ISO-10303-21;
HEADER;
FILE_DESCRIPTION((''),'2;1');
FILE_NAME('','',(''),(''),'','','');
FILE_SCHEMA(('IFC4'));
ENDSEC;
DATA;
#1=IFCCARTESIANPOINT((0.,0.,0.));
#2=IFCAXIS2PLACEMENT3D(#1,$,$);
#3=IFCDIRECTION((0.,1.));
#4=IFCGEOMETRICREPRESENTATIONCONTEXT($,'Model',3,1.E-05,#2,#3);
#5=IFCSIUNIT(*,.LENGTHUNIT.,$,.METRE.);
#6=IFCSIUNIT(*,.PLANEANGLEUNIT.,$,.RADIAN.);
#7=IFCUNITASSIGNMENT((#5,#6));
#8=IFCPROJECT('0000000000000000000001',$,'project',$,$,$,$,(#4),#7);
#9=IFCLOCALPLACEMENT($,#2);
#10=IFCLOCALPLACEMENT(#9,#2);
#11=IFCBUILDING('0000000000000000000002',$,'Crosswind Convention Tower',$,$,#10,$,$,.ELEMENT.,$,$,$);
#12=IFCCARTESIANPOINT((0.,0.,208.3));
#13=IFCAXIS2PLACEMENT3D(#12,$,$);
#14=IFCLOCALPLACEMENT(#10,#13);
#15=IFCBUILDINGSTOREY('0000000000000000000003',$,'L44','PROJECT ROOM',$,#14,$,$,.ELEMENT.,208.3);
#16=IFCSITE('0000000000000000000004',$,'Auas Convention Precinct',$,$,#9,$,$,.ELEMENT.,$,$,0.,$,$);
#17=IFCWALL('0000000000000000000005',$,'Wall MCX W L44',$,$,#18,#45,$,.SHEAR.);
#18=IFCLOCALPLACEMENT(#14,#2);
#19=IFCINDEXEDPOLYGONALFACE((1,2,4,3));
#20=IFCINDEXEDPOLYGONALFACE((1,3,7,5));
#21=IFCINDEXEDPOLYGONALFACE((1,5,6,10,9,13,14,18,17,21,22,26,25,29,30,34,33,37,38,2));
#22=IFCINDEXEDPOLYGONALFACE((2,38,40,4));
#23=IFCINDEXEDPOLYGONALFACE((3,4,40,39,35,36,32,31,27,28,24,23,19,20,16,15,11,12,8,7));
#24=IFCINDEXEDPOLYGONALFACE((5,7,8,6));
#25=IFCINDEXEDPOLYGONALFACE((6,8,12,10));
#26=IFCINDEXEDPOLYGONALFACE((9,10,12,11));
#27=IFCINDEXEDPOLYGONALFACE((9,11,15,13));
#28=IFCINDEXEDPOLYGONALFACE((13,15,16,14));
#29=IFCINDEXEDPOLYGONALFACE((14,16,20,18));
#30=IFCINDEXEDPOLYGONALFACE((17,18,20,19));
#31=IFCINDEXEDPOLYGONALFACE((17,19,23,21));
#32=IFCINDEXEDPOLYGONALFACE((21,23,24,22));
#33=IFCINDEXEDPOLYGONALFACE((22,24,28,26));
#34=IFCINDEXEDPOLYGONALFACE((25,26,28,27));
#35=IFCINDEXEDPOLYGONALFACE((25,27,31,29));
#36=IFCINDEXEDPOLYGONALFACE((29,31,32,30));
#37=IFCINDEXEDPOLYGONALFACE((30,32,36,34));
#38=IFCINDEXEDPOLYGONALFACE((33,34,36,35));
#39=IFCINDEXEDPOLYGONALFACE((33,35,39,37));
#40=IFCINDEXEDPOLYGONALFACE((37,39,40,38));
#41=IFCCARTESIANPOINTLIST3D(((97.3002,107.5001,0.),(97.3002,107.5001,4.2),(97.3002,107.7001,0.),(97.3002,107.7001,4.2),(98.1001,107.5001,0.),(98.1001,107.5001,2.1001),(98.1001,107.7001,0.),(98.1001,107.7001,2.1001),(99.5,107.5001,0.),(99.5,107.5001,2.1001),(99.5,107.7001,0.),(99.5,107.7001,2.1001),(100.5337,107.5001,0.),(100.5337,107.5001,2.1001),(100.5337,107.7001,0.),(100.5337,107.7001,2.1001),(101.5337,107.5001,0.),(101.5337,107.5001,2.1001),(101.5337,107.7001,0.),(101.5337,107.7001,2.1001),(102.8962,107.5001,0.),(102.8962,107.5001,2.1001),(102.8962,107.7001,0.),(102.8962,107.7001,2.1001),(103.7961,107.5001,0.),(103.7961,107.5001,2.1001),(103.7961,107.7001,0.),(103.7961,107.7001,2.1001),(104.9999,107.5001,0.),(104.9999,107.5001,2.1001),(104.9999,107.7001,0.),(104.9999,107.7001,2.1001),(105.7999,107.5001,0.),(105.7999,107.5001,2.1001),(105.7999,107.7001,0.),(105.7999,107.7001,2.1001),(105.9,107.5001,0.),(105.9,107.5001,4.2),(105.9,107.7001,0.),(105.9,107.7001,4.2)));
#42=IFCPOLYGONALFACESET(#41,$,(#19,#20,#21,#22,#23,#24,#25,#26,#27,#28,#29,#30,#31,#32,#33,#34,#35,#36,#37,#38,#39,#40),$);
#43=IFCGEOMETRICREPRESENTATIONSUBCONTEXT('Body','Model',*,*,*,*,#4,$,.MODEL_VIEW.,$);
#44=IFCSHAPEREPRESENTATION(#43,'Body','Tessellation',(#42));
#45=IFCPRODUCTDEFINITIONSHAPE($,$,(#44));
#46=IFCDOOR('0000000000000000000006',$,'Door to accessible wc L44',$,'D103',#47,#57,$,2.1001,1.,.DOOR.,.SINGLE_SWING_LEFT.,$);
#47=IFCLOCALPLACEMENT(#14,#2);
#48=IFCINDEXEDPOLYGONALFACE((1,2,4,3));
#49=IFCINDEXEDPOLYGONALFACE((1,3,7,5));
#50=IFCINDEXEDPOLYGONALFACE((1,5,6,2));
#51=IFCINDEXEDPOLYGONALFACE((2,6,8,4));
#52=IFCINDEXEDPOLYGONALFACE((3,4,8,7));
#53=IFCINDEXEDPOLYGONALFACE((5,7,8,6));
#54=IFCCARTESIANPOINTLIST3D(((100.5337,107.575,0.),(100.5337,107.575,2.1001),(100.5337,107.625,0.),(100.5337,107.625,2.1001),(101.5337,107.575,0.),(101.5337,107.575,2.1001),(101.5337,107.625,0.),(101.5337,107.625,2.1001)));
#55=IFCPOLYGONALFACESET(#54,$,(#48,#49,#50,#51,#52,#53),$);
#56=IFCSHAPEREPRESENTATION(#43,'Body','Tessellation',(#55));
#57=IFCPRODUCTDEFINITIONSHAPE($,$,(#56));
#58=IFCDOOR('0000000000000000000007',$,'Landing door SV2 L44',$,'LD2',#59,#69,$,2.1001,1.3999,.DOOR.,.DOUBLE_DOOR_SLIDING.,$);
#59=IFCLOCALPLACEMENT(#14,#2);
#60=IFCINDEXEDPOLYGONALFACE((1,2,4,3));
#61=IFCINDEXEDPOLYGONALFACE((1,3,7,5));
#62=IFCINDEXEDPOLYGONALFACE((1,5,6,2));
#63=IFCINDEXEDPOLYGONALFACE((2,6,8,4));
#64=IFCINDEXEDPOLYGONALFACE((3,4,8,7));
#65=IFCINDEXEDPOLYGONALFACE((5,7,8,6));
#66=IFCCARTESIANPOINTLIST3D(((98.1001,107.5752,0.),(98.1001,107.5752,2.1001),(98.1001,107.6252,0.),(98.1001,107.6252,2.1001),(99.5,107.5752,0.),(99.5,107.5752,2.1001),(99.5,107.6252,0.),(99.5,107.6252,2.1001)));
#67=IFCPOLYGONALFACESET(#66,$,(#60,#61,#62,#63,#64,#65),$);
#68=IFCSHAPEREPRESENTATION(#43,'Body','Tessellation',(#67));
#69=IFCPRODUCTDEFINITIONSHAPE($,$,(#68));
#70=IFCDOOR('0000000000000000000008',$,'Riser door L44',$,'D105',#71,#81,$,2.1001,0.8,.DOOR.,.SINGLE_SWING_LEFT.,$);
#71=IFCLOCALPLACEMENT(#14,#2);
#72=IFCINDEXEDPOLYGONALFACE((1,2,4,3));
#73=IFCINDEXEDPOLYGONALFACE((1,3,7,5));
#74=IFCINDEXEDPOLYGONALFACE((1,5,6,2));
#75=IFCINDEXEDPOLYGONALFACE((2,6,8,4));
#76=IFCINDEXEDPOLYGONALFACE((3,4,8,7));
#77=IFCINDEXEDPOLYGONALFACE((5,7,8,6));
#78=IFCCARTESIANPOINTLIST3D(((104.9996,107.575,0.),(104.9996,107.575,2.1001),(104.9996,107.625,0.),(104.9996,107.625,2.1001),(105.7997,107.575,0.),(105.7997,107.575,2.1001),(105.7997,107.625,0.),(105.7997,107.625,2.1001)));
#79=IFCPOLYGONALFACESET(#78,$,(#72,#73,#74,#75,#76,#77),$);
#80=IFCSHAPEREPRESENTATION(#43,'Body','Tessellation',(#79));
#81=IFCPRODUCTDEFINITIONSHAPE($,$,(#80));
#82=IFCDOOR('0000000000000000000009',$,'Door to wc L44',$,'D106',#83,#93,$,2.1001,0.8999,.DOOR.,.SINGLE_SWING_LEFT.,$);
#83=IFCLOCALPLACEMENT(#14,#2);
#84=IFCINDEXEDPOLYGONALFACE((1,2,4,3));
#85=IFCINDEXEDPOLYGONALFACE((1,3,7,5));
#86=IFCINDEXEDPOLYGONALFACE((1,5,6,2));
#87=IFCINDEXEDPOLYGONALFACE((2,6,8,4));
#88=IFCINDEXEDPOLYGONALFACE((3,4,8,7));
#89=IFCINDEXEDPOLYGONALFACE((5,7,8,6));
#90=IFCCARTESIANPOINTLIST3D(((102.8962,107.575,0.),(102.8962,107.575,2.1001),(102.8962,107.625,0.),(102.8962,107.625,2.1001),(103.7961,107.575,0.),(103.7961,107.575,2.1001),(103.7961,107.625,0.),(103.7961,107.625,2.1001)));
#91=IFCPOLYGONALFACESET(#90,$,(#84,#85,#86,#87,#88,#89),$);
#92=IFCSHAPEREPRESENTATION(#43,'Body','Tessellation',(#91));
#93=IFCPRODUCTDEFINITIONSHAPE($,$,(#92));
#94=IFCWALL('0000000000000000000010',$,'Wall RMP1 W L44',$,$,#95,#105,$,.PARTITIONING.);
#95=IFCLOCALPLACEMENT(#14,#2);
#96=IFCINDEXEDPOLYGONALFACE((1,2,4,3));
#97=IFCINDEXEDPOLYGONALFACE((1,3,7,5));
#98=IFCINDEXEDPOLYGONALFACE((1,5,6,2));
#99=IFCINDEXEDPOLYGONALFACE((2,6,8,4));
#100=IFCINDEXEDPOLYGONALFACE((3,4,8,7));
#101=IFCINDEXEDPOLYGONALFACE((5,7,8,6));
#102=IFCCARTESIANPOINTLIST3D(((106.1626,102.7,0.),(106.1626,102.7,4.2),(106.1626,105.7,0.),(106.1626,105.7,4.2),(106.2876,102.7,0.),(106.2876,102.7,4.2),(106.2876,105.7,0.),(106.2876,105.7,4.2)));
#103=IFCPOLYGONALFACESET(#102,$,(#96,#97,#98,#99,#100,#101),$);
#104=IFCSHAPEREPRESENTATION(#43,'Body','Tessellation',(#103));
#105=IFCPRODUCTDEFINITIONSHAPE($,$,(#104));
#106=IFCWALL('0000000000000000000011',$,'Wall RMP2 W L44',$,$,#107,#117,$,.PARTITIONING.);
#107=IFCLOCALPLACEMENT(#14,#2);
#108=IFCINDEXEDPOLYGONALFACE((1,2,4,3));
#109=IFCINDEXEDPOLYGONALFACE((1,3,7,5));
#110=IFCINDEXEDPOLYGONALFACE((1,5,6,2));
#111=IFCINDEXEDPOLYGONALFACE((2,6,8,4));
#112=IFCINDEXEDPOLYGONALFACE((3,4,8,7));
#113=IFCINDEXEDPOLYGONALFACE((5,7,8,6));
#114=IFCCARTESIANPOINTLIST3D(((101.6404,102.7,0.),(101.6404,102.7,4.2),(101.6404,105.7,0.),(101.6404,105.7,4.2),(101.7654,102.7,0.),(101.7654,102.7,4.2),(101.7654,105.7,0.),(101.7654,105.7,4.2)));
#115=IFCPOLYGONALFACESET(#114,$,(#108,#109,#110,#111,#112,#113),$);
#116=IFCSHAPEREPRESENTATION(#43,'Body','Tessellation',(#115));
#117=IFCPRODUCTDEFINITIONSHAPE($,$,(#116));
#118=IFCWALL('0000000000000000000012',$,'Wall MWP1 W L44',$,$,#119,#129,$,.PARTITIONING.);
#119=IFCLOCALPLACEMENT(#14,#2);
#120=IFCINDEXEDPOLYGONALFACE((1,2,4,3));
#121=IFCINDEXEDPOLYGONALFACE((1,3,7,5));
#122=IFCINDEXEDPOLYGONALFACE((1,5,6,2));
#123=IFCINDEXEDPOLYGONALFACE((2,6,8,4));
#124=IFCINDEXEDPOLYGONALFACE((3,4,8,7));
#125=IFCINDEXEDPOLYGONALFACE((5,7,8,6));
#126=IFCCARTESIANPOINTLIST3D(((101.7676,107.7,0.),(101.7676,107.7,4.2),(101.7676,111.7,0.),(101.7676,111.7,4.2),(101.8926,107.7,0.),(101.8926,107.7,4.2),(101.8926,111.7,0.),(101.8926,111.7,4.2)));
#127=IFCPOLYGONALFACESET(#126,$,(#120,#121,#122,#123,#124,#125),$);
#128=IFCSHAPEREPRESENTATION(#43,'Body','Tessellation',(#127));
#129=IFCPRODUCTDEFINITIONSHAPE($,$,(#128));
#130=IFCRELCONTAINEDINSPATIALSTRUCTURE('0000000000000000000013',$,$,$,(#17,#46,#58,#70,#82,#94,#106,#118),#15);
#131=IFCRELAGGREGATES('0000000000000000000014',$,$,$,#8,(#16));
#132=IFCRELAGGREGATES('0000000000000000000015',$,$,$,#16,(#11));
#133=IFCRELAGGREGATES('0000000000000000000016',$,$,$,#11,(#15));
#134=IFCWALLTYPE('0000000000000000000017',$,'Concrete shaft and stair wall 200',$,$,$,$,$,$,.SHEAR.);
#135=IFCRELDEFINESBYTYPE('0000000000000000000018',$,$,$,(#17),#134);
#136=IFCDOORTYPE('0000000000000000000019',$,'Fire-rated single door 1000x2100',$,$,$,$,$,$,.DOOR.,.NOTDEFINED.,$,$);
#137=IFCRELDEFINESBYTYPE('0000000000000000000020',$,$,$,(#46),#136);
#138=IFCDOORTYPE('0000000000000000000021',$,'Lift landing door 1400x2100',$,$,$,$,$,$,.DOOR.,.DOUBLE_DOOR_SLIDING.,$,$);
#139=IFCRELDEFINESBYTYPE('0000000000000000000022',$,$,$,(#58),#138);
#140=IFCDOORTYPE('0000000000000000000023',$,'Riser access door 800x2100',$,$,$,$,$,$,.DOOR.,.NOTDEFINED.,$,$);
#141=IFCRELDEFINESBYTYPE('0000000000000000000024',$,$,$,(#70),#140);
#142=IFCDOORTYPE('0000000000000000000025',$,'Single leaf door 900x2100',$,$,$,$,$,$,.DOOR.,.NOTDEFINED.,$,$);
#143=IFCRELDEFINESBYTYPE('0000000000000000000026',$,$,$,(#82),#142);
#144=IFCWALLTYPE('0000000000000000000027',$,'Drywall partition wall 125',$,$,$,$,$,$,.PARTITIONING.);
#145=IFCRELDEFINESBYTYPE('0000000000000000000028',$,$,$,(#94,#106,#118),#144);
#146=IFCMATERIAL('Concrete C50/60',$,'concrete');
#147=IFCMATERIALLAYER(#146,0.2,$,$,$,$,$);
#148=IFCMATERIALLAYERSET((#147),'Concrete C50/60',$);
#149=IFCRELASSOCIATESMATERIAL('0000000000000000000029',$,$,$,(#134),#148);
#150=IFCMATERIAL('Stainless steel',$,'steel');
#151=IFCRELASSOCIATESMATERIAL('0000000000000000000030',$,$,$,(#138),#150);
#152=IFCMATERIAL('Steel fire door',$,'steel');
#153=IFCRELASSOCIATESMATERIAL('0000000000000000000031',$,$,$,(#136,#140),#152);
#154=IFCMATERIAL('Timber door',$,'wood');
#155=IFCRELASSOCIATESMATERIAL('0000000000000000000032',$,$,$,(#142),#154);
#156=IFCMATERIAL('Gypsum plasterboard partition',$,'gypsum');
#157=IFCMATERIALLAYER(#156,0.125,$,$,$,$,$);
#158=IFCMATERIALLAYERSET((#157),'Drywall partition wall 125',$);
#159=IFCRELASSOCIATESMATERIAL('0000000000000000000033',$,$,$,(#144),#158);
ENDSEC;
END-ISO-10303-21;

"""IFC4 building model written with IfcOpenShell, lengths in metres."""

from ifc_helpers import new_model, si_unit, direction, frame, frame_2d, origin, place, context, subcontext, project, spatial, rectangle, extrude, material, layer, layer_set, type_object, element, fill, save


model = new_model("IFC4")

# Units and contexts
model_context = context("Model", 3, precision=1e-05, world=origin(), true_north=direction((0.0, 1.0)))
body_context = subcontext(model_context, "Body", "Model", "MODEL_VIEW")
ifc_project = project(units=[si_unit("LENGTHUNIT", "METRE"), si_unit("PLANEANGLEUNIT", "RADIAN")], contexts=[model_context])

# Site, building, storey
site_placement = place(None, origin())
site = spatial("IfcSite", under=ifc_project, at=site_placement, Name="Auas Convention Precinct", CompositionType="ELEMENT", RefElevation=0.0)
building_placement = place(site_placement, origin())
building = spatial("IfcBuilding", under=site, at=building_placement, Name="Crosswind Convention Tower", CompositionType="ELEMENT")
storey_placement = place(building_placement, frame((0.0, 0.0, 208.3)))
storey = spatial("IfcBuildingStorey", under=building, at=storey_placement, Name="L44", Description="PROJECT ROOM", CompositionType="ELEMENT", Elevation=208.3)

# Shared definitions
ifc_material_1 = material(Name="Concrete C50/60", Category="concrete")
ifc_layer_1 = layer(ifc_material_1, 0.2)
ifc_layer_set_1 = layer_set([ifc_layer_1], Name="Concrete C50/60")
wall_type_1 = type_object("IfcWallType", Name="Concrete shaft and stair wall 200", PredefinedType="SHEAR", material=ifc_layer_set_1)

# Shared definitions
ifc_material_2 = material(Name="Stainless steel", Category="steel")
door_type_1 = type_object("IfcDoorType", Name="Lift landing door 1400x2100", OperationType="DOUBLE_DOOR_SLIDING", PredefinedType="DOOR", material=ifc_material_2)

# Wall, openings, doors
wall_1_placement = place(storey_placement, frame((105.8999, 107.6001, 0.0), z_axis=(0.0, 0.0, 1.0), x_axis=(-1.0, 0.0, 0.0)))
wall_1 = element("IfcWall", 1, at=wall_1_placement, inside=storey, type_object=wall_type_1, Name="Wall MCX W L44", PredefinedType="SHEAR", context=body_context, shape_type="SweptSolid", body=[
    extrude(rectangle(XDim=8.5999, YDim=0.2, at=frame_2d((4.2998, 0.0))), origin(), (0.0, 0.0, 1.0), 4.2),
])
opening_1_placement = place(wall_1_placement, frame((0.1001, 0.0, 0.0)))
opening_1 = element("IfcOpeningElement", 2, at=opening_1_placement, cuts=wall_1, PredefinedType="OPENING", context=body_context, shape_type="SweptSolid", body=[
    extrude(rectangle(XDim=0.8, YDim=2.1001, at=frame_2d((0.3999, 1.05))), frame((0.0, 0.1099, 0.0), z_axis=(0.0, -1.0, 0.0), x_axis=(1.0, 0.0, 0.0)), (0.0, 0.0, 1.0), 0.22),
])
opening_2_placement = place(wall_1_placement, frame((2.1038, 0.0, 0.0)))
opening_2 = element("IfcOpeningElement", 3, at=opening_2_placement, cuts=wall_1, PredefinedType="OPENING", context=body_context, shape_type="SweptSolid", body=[
    extrude(rectangle(XDim=0.8999, YDim=2.1001, at=frame_2d((0.45, 1.05))), frame((0.0, 0.1099, 0.0), z_axis=(0.0, -1.0, 0.0), x_axis=(1.0, 0.0, 0.0)), (0.0, 0.0, 1.0), 0.22),
])
opening_3_placement = place(wall_1_placement, frame((4.3662, 0.0, 0.0)))
opening_3 = element("IfcOpeningElement", 4, at=opening_3_placement, cuts=wall_1, PredefinedType="OPENING", context=body_context, shape_type="SweptSolid", body=[
    extrude(rectangle(XDim=1.0, YDim=2.1001, at=frame_2d((0.5, 1.05))), frame((0.0, 0.1099, 0.0), z_axis=(0.0, -1.0, 0.0), x_axis=(1.0, 0.0, 0.0)), (0.0, 0.0, 1.0), 0.22),
])
opening_4_placement = place(wall_1_placement, frame((6.3999, 0.0, 0.0)))
opening_4 = element("IfcOpeningElement", 5, at=opening_4_placement, cuts=wall_1, PredefinedType="OPENING", context=body_context, shape_type="SweptSolid", body=[
    extrude(rectangle(XDim=1.3999, YDim=2.1001, at=frame_2d((0.7, 1.05))), frame((0.0, 0.1099, 0.0), z_axis=(0.0, -1.0, 0.0), x_axis=(1.0, 0.0, 0.0)), (0.0, 0.0, 1.0), 0.22),
])
ifc_material_3 = material(Name="Steel fire door", Category="steel")
door_type_2 = type_object("IfcDoorType", Name="Fire-rated single door 1000x2100", OperationType="NOTDEFINED", PredefinedType="DOOR", material=ifc_material_3)
door_1_placement = place(opening_3_placement, frame((1.0, 0.0, 0.0), z_axis=(0.0, 0.0, 1.0), x_axis=(-1.0, 0.0, 0.0)))
door_1 = element("IfcDoor", 6, at=door_1_placement, inside=storey, type_object=door_type_2, Name="Door to accessible wc L44", ObjectType="D103", OperationType="SINGLE_SWING_LEFT", OverallHeight=2.1001, OverallWidth=1.0, PredefinedType="DOOR", context=body_context, shape_type="SweptSolid", body=[
    extrude(rectangle(XDim=1.0, YDim=2.1001, at=frame_2d((0.5, 1.05))), frame((0.0, 0.0249, 0.0), z_axis=(0.0, -1.0, 0.0), x_axis=(1.0, 0.0, 0.0)), (0.0, 0.0, 1.0), 0.05),
])
fill(opening_3, door_1)
door_2_placement = place(opening_4_placement, origin())
door_2 = element("IfcDoor", 7, at=door_2_placement, inside=storey, type_object=door_type_1, Name="Landing door SV2 L44", ObjectType="LD2", OperationType="DOUBLE_DOOR_SLIDING", OverallHeight=2.1001, OverallWidth=1.3999, PredefinedType="DOOR", context=body_context, shape_type="SweptSolid", body=[
    extrude(rectangle(XDim=1.3999, YDim=2.1001, at=frame_2d((0.7, 1.05))), frame((0.0, 0.0249, 0.0), z_axis=(0.0, -1.0, 0.0), x_axis=(1.0, 0.0, 0.0)), (0.0, 0.0, 1.0), 0.05),
])
fill(opening_4, door_2)
door_type_3 = type_object("IfcDoorType", Name="Riser access door 800x2100", OperationType="NOTDEFINED", PredefinedType="DOOR", material=ifc_material_3)
door_3_placement = place(opening_1_placement, frame((0.8, 0.0, 0.0), z_axis=(0.0, 0.0, 1.0), x_axis=(-1.0, 0.0, 0.0)))
door_3 = element("IfcDoor", 8, at=door_3_placement, inside=storey, type_object=door_type_3, Name="Riser door L44", ObjectType="D105", OperationType="SINGLE_SWING_LEFT", OverallHeight=2.1001, OverallWidth=0.8, PredefinedType="DOOR", context=body_context, shape_type="SweptSolid", body=[
    extrude(rectangle(XDim=0.8, YDim=2.1001, at=frame_2d((0.3999, 1.05))), frame((0.0, 0.0249, 0.0), z_axis=(0.0, -1.0, 0.0), x_axis=(1.0, 0.0, 0.0)), (0.0, 0.0, 1.0), 0.05),
])
fill(opening_1, door_3)
ifc_material_4 = material(Name="Timber door", Category="wood")
door_type_4 = type_object("IfcDoorType", Name="Single leaf door 900x2100", OperationType="NOTDEFINED", PredefinedType="DOOR", material=ifc_material_4)
door_4_placement = place(opening_2_placement, frame((0.8999, 0.0, 0.0), z_axis=(0.0, 0.0, 1.0), x_axis=(-1.0, 0.0, 0.0)))
door_4 = element("IfcDoor", 9, at=door_4_placement, inside=storey, type_object=door_type_4, Name="Door to wc L44", ObjectType="D106", OperationType="SINGLE_SWING_LEFT", OverallHeight=2.1001, OverallWidth=0.8999, PredefinedType="DOOR", context=body_context, shape_type="SweptSolid", body=[
    extrude(rectangle(XDim=0.8999, YDim=2.1001, at=frame_2d((0.45, 1.05))), frame((0.0, 0.0249, 0.0), z_axis=(0.0, -1.0, 0.0), x_axis=(1.0, 0.0, 0.0)), (0.0, 0.0, 1.0), 0.05),
])
fill(opening_2, door_4)

# Walls
ifc_material_5 = material(Name="Gypsum plasterboard partition", Category="gypsum")
ifc_layer_2 = layer(ifc_material_5, 0.125)
ifc_layer_set_2 = layer_set([ifc_layer_2], Name="Drywall partition wall 125")
wall_type_2 = type_object("IfcWallType", Name="Drywall partition wall 125", PredefinedType="PARTITIONING", material=ifc_layer_set_2)
for number, where, z_axis, x_axis, name in (
    (10, (106.2251, 105.7, 0.0), (0.0, 0.0, 1.0), (0.0, -1.0, 0.0), "Wall RMP1 W L44"),
    (11, (101.7029, 105.7, 0.0), (0.0, 0.0, 1.0), (0.0, -1.0, 0.0), "Wall RMP2 W L44"),
):
    element("IfcWall", number, at=place(storey_placement, frame(where, z_axis=z_axis, x_axis=x_axis)), inside=storey, type_object=wall_type_2, Name=name, PredefinedType="PARTITIONING", context=body_context, shape_type="SweptSolid", body=[
        extrude(rectangle(XDim=3.0, YDim=0.125, at=frame_2d((1.5, 0.0))), origin(), (0.0, 0.0, 1.0), 4.2),
    ])
wall_2_placement = place(storey_placement, frame((101.8301, 111.7, 0.0), z_axis=(0.0, 0.0, 1.0), x_axis=(0.0, -1.0, 0.0)))
element("IfcWall", 12, at=wall_2_placement, inside=storey, type_object=wall_type_2, Name="Wall MWP1 W L44", PredefinedType="PARTITIONING", context=body_context, shape_type="SweptSolid", body=[
    extrude(rectangle(XDim=4.0, YDim=0.125, at=frame_2d((2.0, 0.0))), origin(), (0.0, 0.0, 1.0), 4.2),
])

save(model, "model.ifc")
